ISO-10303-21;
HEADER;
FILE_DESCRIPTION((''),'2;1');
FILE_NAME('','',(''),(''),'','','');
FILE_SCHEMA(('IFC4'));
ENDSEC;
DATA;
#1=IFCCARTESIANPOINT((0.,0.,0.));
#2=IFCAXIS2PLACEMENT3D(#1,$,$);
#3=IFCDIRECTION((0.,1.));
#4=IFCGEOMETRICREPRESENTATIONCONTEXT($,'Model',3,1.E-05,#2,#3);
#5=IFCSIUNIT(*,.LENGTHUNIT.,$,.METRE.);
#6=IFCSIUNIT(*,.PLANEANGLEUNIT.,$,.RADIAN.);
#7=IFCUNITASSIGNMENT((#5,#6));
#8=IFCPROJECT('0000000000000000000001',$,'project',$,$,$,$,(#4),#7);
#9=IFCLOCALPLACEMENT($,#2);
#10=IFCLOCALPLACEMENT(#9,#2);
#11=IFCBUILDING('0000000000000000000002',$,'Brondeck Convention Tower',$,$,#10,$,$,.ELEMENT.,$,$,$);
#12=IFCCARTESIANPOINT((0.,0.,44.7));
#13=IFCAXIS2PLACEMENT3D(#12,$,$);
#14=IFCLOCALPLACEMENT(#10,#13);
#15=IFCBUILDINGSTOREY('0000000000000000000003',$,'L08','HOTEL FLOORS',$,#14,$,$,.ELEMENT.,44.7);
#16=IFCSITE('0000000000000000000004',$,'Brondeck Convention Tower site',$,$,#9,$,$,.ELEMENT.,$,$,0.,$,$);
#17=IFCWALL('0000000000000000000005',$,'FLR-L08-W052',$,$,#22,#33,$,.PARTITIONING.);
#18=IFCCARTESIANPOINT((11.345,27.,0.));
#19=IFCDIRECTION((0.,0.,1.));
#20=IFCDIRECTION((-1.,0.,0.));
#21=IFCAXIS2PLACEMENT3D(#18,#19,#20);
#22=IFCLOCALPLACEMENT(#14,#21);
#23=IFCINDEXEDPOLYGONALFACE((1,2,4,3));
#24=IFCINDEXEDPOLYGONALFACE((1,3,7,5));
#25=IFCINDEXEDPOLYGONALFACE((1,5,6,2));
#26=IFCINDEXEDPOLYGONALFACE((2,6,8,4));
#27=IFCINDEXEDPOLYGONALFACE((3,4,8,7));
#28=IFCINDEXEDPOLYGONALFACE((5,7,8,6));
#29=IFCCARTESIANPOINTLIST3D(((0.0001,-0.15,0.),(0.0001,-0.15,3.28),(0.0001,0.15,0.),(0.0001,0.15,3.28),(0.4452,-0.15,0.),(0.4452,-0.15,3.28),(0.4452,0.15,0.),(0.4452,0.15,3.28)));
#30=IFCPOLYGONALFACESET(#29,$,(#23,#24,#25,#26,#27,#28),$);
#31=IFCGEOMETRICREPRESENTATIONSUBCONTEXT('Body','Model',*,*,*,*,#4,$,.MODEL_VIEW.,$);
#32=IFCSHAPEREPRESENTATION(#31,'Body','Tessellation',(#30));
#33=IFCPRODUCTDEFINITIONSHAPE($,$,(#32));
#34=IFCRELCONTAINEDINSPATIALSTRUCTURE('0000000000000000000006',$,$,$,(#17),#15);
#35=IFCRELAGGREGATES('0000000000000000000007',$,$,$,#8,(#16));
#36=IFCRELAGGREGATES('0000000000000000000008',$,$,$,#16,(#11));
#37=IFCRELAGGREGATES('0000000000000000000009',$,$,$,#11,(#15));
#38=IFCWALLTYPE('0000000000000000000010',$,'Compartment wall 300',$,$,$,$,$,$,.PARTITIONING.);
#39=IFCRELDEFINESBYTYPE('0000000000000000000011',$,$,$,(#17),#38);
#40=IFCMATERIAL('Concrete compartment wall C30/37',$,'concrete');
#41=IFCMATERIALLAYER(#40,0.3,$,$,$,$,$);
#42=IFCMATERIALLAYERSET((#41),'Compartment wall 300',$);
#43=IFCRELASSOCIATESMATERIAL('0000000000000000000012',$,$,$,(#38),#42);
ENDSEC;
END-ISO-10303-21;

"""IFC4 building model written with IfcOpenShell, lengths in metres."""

from ifc_helpers import new_model, si_unit, direction, frame, frame_2d, origin, place, context, subcontext, project, spatial, rectangle, extrude, material, layer, layer_set, type_object, element, save


model = new_model("IFC4")

# Units and contexts
model_context = context("Model", 3, precision=1e-05, world=origin(), true_north=direction((0.0, 1.0)))
body_context = subcontext(model_context, "Body", "Model", "MODEL_VIEW")
ifc_project = project(units=[si_unit("LENGTHUNIT", "METRE"), si_unit("PLANEANGLEUNIT", "RADIAN")], contexts=[model_context])

# Site, building, storey
site_placement = place(None, origin())
site = spatial("IfcSite", under=ifc_project, at=site_placement, Name="Brondeck Convention Tower site", CompositionType="ELEMENT", RefElevation=0.0)
building_placement = place(site_placement, origin())
building = spatial("IfcBuilding", under=site, at=building_placement, Name="Brondeck Convention Tower", CompositionType="ELEMENT")
storey_placement = place(building_placement, frame((0.0, 0.0, 44.7)))
storey = spatial("IfcBuildingStorey", under=building, at=storey_placement, Name="L08", Description="HOTEL FLOORS", CompositionType="ELEMENT", Elevation=44.7)

# Wall
ifc_material_1 = material(Name="Concrete compartment wall C30/37", Category="concrete")
ifc_layer_1 = layer(ifc_material_1, 0.3)
ifc_layer_set_1 = layer_set([ifc_layer_1], Name="Compartment wall 300")
wall_type_1 = type_object("IfcWallType", Name="Compartment wall 300", PredefinedType="PARTITIONING", material=ifc_layer_set_1)
wall_1_placement = place(storey_placement, frame((11.345, 27.0, 0.0), z_axis=(0.0, 0.0, 1.0), x_axis=(-1.0, 0.0, 0.0)))
element("IfcWall", 1, at=wall_1_placement, inside=storey, type_object=wall_type_1, Name="FLR-L08-W052", PredefinedType="PARTITIONING", context=body_context, shape_type="SweptSolid", body=[
    extrude(rectangle(XDim=0.4451, YDim=0.3, at=frame_2d((0.2227, 0.0))), origin(), (0.0, 0.0, 1.0), 3.28),
])

save(model, "model.ifc")
